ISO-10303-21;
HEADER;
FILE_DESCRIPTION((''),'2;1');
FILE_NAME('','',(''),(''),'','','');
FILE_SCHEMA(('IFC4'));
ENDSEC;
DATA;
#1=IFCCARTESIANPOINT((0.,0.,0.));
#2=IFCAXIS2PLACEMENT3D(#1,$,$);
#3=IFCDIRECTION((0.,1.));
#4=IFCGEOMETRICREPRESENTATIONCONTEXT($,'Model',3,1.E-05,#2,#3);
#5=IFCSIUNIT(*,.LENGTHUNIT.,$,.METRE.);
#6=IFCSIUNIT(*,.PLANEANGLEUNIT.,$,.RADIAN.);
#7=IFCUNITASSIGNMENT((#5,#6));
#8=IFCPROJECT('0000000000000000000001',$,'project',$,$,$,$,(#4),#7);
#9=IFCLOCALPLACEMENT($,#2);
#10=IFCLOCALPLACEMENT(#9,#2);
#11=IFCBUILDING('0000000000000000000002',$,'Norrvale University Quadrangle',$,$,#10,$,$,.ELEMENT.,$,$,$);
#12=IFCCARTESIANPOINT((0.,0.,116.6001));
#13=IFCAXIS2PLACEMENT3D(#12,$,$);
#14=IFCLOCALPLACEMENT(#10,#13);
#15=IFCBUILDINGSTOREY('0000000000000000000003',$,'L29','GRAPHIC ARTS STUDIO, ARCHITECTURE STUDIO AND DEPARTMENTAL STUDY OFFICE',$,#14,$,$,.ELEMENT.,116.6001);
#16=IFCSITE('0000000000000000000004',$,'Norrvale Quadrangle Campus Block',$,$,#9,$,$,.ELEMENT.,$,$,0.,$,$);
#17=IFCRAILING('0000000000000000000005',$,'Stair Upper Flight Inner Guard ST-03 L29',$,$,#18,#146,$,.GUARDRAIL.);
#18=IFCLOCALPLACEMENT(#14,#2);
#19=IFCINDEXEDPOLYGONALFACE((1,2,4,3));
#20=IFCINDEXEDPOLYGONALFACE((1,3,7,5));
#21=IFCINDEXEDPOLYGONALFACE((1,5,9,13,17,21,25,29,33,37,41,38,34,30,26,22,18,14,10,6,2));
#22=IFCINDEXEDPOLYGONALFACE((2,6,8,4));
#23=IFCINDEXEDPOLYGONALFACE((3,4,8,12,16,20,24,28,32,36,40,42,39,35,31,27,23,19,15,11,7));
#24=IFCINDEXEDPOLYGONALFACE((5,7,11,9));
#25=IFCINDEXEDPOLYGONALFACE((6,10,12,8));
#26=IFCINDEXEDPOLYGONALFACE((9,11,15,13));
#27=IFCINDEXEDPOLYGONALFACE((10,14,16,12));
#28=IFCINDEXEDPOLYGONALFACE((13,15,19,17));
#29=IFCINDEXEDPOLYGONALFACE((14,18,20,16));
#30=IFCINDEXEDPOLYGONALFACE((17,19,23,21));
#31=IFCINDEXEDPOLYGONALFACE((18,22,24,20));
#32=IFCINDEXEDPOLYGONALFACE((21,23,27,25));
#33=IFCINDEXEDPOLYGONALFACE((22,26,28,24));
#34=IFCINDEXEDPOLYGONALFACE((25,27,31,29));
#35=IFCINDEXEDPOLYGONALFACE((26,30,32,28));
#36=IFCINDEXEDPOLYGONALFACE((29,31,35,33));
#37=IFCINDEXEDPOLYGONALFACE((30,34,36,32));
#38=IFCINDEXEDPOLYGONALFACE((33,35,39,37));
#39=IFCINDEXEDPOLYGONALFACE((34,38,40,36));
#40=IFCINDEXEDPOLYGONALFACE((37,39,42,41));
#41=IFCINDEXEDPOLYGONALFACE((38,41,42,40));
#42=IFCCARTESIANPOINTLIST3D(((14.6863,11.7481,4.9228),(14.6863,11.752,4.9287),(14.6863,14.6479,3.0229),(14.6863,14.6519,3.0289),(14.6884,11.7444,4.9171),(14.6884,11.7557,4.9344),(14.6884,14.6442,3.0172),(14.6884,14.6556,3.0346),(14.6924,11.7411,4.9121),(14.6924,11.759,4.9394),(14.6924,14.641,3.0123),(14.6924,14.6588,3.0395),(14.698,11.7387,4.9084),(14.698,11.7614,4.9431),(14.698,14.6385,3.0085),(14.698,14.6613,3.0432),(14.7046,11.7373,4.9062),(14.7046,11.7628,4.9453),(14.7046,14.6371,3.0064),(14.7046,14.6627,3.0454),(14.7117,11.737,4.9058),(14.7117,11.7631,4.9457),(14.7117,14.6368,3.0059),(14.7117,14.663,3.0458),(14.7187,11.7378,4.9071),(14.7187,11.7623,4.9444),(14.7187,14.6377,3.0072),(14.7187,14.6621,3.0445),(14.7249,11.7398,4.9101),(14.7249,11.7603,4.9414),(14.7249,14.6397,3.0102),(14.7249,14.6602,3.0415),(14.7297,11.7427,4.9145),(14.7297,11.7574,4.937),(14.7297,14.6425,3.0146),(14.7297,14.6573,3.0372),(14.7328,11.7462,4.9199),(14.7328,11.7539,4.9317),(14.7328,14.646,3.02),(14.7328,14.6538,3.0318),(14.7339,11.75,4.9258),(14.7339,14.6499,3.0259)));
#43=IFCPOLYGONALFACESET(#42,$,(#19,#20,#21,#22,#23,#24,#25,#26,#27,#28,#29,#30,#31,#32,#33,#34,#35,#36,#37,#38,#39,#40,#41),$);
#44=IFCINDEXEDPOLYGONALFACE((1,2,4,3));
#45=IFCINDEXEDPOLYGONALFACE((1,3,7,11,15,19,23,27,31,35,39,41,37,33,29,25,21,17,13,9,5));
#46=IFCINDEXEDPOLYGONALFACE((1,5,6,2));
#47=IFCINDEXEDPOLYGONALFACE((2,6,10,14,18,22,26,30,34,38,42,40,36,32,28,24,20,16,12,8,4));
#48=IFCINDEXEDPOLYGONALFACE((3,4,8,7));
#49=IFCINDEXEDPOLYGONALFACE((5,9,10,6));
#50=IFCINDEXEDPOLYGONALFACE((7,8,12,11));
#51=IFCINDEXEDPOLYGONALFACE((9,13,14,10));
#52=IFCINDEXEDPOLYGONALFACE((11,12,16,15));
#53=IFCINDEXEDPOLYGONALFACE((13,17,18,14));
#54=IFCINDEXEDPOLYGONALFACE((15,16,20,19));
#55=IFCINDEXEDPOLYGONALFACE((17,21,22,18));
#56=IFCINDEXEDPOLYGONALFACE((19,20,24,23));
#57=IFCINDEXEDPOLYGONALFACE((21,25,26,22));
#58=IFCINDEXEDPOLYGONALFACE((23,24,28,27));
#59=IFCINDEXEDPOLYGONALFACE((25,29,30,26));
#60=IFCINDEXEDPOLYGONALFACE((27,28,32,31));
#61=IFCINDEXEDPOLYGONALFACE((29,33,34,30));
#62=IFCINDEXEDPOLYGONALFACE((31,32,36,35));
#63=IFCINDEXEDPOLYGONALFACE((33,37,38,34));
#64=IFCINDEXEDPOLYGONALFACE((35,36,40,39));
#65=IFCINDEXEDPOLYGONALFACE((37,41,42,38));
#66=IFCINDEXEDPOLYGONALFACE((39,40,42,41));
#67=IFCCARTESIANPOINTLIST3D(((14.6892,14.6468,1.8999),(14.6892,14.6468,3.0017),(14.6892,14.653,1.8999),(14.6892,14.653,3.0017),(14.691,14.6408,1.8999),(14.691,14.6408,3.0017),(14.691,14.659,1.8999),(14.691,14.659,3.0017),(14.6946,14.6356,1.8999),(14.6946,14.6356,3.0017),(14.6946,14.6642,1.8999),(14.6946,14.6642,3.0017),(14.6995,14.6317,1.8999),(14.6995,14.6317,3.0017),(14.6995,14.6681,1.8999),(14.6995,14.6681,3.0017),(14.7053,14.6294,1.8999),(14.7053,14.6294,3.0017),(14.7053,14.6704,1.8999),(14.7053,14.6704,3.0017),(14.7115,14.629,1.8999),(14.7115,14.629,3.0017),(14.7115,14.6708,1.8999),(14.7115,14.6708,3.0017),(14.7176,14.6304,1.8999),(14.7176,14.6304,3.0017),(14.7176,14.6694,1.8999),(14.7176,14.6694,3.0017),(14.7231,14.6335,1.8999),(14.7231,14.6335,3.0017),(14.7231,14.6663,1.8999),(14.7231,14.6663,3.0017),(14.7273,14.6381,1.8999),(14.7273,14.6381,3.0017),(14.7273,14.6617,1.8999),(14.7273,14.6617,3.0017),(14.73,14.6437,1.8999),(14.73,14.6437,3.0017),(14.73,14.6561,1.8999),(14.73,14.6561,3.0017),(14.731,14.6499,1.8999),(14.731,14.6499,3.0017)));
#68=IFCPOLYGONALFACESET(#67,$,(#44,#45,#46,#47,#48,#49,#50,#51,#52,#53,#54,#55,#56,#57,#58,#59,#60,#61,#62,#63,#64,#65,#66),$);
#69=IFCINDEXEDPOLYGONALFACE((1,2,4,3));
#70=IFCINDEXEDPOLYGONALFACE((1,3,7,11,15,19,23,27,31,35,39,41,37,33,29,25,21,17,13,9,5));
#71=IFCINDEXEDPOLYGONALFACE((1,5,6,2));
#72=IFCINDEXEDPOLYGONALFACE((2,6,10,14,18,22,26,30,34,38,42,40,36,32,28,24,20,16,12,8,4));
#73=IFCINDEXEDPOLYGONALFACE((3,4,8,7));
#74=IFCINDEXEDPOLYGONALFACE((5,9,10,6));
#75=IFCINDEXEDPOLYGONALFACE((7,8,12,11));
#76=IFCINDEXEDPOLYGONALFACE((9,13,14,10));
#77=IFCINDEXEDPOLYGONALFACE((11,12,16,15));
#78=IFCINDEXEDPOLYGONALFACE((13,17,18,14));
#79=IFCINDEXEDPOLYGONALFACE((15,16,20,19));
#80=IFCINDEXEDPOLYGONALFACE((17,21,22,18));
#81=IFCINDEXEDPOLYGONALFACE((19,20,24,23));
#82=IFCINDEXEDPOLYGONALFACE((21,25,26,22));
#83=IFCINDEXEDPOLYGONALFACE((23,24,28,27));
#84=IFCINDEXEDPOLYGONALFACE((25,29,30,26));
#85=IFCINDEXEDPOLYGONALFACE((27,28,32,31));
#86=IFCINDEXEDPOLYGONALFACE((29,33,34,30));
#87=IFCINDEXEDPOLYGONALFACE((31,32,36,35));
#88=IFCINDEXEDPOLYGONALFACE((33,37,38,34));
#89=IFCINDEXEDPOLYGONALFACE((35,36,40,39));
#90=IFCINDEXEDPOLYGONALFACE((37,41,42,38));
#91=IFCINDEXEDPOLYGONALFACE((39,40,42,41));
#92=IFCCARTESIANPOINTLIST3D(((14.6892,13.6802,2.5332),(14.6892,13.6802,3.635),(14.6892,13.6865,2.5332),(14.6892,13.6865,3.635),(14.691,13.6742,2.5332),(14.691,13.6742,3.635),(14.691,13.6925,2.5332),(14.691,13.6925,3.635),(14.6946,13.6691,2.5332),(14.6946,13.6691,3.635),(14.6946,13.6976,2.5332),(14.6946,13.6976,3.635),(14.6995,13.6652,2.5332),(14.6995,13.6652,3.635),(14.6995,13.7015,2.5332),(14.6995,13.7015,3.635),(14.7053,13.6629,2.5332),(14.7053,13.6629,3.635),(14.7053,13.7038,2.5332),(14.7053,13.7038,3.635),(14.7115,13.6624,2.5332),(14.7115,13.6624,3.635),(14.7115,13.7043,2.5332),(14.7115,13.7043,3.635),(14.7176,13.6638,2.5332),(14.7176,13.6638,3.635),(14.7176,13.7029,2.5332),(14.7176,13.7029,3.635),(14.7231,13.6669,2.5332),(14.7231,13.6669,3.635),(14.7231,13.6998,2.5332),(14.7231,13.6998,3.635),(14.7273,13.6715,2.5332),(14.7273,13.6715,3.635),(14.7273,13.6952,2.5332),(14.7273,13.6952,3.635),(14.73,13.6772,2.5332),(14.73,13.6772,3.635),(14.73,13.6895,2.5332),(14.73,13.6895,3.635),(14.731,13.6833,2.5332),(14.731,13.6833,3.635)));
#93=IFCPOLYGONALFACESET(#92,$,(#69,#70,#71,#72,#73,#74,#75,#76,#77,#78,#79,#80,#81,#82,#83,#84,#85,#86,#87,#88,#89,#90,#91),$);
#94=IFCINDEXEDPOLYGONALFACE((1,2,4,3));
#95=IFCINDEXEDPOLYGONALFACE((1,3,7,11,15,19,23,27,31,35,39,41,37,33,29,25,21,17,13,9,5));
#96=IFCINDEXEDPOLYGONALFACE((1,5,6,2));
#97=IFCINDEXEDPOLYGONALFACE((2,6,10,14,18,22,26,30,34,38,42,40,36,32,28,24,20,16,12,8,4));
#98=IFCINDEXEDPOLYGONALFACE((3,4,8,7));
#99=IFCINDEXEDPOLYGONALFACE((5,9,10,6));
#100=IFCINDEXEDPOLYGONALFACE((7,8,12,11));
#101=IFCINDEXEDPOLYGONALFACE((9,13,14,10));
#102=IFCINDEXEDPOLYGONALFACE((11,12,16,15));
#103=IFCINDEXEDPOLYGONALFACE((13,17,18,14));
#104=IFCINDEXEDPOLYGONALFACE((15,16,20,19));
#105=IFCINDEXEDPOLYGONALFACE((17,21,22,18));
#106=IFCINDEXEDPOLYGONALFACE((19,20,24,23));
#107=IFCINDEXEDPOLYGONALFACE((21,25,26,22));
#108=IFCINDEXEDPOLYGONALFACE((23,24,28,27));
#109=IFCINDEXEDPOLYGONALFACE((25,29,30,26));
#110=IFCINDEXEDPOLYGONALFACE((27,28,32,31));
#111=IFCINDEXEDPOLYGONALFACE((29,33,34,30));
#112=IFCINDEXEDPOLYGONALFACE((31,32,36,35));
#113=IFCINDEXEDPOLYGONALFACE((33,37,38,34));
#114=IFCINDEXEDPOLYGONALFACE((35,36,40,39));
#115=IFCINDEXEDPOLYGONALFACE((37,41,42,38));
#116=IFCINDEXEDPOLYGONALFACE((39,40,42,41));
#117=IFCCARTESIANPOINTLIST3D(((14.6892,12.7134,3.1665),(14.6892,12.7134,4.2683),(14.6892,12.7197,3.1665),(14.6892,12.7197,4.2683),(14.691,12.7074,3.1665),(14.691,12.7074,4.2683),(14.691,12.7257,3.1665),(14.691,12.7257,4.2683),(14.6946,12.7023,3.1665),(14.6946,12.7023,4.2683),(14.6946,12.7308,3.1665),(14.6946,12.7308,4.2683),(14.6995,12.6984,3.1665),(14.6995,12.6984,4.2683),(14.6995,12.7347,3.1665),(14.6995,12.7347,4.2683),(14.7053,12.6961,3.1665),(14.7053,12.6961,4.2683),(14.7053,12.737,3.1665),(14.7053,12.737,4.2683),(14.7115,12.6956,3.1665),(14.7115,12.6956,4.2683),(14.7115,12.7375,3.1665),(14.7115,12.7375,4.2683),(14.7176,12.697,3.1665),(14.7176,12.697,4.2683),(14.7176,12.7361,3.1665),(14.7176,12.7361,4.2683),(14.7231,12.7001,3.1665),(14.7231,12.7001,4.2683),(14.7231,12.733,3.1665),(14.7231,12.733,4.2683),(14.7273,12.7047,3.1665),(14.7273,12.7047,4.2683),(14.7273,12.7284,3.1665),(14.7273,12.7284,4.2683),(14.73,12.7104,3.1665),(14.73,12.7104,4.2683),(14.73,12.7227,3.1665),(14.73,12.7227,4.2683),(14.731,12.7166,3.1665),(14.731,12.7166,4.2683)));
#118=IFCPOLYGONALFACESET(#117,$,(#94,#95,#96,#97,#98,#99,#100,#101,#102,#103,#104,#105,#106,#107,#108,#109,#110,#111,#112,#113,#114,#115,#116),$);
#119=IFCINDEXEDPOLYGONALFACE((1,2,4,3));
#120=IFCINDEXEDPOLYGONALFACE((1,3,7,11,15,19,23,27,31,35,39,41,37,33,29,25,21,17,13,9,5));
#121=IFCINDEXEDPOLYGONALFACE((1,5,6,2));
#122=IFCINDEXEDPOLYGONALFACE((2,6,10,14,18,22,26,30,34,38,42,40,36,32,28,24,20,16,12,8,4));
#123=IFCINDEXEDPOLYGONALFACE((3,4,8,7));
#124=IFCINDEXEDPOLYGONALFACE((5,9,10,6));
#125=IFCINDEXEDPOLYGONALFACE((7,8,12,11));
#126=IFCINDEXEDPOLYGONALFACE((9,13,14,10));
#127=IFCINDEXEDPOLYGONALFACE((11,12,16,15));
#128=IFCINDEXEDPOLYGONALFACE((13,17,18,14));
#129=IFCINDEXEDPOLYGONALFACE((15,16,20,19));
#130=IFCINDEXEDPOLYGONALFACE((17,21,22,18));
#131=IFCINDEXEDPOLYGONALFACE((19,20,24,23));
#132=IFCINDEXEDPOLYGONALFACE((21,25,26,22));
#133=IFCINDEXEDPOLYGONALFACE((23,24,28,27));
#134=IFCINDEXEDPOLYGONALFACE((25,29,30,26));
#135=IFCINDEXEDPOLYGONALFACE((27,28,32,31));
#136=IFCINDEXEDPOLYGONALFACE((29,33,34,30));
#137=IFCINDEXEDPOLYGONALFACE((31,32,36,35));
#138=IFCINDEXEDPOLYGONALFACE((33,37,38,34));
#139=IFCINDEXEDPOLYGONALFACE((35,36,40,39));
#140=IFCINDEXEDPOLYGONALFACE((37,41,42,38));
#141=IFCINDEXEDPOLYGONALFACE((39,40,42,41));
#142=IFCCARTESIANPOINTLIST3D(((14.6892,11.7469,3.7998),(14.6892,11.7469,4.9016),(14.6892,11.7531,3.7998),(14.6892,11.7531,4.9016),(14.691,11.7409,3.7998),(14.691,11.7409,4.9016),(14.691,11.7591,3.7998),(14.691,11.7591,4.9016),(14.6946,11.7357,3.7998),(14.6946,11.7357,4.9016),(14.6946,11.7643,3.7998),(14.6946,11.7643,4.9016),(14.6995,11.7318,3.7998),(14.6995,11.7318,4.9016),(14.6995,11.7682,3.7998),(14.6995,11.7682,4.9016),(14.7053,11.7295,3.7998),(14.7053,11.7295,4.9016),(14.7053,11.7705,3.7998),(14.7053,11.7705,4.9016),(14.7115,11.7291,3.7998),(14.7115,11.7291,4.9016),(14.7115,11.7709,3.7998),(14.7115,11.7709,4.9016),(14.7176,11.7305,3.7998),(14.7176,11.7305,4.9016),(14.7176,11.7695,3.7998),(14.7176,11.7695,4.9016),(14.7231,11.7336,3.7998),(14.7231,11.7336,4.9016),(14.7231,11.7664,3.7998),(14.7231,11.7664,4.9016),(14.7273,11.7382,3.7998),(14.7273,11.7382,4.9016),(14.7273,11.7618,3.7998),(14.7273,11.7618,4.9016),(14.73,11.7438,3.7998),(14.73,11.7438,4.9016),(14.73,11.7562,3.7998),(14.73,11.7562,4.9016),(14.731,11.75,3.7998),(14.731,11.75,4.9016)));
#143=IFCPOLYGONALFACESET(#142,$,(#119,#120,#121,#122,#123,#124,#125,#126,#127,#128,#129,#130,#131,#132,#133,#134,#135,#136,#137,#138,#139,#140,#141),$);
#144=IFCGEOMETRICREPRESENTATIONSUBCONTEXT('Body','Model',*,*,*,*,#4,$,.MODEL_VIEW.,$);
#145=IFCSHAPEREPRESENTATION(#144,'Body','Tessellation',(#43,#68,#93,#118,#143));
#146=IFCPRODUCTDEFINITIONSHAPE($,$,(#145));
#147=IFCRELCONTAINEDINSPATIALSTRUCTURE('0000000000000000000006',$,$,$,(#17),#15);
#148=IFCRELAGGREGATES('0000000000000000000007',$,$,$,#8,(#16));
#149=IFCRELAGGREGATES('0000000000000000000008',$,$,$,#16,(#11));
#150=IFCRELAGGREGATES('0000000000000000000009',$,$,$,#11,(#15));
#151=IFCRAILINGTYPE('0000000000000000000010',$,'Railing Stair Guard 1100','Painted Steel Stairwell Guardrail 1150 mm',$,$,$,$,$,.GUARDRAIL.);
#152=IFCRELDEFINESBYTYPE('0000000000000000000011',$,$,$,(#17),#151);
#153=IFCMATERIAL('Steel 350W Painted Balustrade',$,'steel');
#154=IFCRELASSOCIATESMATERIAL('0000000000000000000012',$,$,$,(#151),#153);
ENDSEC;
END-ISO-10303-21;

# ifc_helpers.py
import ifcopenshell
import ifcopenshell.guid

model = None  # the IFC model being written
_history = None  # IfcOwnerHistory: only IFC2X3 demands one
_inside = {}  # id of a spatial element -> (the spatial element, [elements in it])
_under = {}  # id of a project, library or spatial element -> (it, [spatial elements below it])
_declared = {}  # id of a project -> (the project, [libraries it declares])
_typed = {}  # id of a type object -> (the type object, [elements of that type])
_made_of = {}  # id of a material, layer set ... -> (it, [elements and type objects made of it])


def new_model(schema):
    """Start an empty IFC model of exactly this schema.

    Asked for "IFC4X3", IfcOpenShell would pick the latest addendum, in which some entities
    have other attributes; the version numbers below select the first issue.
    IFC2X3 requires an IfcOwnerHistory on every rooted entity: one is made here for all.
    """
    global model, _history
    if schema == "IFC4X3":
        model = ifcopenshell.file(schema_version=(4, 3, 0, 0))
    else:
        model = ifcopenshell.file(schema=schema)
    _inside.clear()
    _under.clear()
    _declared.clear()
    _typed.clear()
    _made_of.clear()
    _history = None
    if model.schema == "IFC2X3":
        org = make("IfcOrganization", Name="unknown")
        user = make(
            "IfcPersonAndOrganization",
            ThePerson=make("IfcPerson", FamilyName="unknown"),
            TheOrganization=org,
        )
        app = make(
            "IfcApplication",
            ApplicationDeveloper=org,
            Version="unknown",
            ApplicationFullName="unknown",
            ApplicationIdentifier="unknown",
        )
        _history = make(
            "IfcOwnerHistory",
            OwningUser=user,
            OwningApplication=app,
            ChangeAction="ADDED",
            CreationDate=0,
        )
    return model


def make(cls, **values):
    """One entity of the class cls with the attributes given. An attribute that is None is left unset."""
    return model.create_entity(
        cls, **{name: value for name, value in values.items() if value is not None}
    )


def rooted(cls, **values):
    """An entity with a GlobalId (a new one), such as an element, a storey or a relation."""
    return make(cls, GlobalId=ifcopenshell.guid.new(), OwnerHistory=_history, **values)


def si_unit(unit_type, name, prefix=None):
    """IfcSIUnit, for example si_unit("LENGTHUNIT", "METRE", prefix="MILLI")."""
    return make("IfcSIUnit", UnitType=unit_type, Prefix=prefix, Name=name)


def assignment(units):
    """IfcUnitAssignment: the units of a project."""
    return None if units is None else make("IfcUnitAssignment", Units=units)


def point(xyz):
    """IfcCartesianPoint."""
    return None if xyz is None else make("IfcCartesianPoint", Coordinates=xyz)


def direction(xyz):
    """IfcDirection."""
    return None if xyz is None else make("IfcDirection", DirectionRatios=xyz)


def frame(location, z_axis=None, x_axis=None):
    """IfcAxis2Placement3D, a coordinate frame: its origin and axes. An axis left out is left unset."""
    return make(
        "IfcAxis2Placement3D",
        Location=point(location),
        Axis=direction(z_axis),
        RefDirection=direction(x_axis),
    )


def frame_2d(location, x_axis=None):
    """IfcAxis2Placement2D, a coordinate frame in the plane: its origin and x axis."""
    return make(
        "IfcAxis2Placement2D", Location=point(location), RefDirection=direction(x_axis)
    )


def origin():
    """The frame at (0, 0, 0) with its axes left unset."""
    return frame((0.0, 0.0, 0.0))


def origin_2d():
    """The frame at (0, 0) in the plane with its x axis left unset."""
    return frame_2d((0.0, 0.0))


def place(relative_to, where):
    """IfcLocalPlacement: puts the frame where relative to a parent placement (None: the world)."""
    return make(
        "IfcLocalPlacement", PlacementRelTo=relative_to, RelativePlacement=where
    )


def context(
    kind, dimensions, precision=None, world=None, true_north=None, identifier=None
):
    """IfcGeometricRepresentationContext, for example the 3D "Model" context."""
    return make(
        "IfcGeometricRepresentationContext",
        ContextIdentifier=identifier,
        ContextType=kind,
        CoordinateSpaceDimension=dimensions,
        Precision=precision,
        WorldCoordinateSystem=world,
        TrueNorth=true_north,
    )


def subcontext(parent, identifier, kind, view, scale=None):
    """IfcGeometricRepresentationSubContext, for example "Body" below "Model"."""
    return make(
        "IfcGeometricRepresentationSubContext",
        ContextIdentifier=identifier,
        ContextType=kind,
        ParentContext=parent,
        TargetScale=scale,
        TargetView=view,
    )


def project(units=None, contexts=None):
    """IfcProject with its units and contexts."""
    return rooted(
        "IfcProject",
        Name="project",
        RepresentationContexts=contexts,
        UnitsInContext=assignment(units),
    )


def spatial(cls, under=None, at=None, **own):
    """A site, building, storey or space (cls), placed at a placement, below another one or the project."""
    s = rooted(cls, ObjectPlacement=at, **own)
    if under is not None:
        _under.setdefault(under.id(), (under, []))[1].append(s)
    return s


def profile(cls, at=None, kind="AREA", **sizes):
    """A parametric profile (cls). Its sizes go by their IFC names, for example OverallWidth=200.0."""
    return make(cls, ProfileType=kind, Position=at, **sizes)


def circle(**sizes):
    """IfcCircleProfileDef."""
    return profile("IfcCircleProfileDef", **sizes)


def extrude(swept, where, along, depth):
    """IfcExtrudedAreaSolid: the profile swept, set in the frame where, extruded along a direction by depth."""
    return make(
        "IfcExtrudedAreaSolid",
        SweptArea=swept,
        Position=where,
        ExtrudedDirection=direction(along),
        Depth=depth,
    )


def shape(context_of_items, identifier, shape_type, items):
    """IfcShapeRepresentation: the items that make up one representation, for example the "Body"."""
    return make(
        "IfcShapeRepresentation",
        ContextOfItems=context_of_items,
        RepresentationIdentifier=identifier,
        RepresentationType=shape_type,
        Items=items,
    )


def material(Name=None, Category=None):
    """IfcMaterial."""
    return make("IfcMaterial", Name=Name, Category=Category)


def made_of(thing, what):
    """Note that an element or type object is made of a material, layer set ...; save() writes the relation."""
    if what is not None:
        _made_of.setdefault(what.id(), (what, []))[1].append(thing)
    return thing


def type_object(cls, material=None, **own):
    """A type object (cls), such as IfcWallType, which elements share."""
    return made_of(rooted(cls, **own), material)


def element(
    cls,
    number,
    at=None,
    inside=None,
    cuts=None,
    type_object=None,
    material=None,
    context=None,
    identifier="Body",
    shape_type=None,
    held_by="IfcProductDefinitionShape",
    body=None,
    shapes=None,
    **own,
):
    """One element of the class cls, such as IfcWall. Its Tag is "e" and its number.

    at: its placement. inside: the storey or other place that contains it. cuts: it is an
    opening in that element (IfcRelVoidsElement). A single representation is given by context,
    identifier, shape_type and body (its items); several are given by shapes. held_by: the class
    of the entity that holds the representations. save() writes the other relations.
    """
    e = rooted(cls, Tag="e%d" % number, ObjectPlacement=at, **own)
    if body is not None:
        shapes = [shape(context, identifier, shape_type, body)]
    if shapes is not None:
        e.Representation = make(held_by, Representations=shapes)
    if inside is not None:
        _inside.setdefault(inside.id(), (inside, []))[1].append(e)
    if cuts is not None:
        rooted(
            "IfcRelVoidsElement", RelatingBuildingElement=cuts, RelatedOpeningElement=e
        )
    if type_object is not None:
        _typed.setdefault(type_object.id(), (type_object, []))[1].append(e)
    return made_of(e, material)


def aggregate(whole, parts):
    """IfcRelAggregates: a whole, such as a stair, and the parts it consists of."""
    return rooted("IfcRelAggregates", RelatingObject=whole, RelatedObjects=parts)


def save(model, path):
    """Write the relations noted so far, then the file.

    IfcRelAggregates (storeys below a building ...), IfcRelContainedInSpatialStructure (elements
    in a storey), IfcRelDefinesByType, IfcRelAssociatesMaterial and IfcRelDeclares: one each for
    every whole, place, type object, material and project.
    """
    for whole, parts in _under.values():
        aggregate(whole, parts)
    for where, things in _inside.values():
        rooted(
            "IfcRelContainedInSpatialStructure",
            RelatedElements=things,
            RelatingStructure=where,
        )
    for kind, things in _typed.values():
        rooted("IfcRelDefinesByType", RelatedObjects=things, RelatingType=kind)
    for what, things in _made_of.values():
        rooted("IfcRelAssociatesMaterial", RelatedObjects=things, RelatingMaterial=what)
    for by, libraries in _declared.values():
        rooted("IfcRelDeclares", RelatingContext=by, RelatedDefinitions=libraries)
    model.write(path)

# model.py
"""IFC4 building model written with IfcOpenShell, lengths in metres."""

from ifc_helpers import new_model, si_unit, direction, frame, origin, origin_2d, place, context, subcontext, project, spatial, circle, extrude, material, type_object, element, save


model = new_model("IFC4")

# Units and contexts
model_context = context("Model", 3, precision=1e-05, world=origin(), true_north=direction((0.0, 1.0)))
body_context = subcontext(model_context, "Body", "Model", "MODEL_VIEW")
ifc_project = project(units=[si_unit("LENGTHUNIT", "METRE"), si_unit("PLANEANGLEUNIT", "RADIAN")], contexts=[model_context])

# Site, building, storey
site_placement = place(None, origin())
site = spatial("IfcSite", under=ifc_project, at=site_placement, Name="Norrvale Quadrangle Campus Block", CompositionType="ELEMENT", RefElevation=0.0)
building_placement = place(site_placement, origin())
building = spatial("IfcBuilding", under=site, at=building_placement, Name="Norrvale University Quadrangle", CompositionType="ELEMENT")
storey_placement = place(building_placement, frame((0.0, 0.0, 116.6001)))
storey = spatial("IfcBuildingStorey", under=building, at=storey_placement, Name="L29", Description="GRAPHIC ARTS STUDIO, ARCHITECTURE STUDIO AND DEPARTMENTAL STUDY OFFICE", CompositionType="ELEMENT", Elevation=116.6001)

# Railing
ifc_material_1 = material(Name="Steel 350W Painted Balustrade", Category="steel")
railing_type_1 = type_object("IfcRailingType", Name="Railing Stair Guard 1100", Description="Painted Steel Stairwell Guardrail 1150 mm", PredefinedType="GUARDRAIL", material=ifc_material_1)
railing_1_placement = place(storey_placement, frame((14.71, 14.6499, 1.8999)))
element("IfcRailing", 1, at=railing_1_placement, inside=storey, type_object=railing_type_1, Name="Stair Upper Flight Inner Guard ST-03 L29", PredefinedType="GUARDRAIL", context=body_context, shape_type="SweptSolid", body=[
    extrude(circle(Radius=0.0239, at=origin_2d()), frame((0.0, 0.0, 1.126), z_axis=(0.0, -0.836466, 0.548019), x_axis=(1.0, 0.0, 0.0)), (0.0, 0.0, 1.0), 3.4668),
    extrude(circle(Radius=0.021, at=origin_2d()), origin(), (0.0, 0.0, 1.0), 1.1018),
    extrude(circle(Radius=0.021, at=origin_2d()), frame((0.0, -0.9666, 0.6333)), (0.0, 0.0, 1.0), 1.1018),
    extrude(circle(Radius=0.021, at=origin_2d()), frame((0.0, -1.9333, 1.2666)), (0.0, 0.0, 1.0), 1.1018),
    extrude(circle(Radius=0.021, at=origin_2d()), frame((0.0, -2.8999, 1.8999)), (0.0, 0.0, 1.0), 1.1018),
])

save(model, "model.ifc")
